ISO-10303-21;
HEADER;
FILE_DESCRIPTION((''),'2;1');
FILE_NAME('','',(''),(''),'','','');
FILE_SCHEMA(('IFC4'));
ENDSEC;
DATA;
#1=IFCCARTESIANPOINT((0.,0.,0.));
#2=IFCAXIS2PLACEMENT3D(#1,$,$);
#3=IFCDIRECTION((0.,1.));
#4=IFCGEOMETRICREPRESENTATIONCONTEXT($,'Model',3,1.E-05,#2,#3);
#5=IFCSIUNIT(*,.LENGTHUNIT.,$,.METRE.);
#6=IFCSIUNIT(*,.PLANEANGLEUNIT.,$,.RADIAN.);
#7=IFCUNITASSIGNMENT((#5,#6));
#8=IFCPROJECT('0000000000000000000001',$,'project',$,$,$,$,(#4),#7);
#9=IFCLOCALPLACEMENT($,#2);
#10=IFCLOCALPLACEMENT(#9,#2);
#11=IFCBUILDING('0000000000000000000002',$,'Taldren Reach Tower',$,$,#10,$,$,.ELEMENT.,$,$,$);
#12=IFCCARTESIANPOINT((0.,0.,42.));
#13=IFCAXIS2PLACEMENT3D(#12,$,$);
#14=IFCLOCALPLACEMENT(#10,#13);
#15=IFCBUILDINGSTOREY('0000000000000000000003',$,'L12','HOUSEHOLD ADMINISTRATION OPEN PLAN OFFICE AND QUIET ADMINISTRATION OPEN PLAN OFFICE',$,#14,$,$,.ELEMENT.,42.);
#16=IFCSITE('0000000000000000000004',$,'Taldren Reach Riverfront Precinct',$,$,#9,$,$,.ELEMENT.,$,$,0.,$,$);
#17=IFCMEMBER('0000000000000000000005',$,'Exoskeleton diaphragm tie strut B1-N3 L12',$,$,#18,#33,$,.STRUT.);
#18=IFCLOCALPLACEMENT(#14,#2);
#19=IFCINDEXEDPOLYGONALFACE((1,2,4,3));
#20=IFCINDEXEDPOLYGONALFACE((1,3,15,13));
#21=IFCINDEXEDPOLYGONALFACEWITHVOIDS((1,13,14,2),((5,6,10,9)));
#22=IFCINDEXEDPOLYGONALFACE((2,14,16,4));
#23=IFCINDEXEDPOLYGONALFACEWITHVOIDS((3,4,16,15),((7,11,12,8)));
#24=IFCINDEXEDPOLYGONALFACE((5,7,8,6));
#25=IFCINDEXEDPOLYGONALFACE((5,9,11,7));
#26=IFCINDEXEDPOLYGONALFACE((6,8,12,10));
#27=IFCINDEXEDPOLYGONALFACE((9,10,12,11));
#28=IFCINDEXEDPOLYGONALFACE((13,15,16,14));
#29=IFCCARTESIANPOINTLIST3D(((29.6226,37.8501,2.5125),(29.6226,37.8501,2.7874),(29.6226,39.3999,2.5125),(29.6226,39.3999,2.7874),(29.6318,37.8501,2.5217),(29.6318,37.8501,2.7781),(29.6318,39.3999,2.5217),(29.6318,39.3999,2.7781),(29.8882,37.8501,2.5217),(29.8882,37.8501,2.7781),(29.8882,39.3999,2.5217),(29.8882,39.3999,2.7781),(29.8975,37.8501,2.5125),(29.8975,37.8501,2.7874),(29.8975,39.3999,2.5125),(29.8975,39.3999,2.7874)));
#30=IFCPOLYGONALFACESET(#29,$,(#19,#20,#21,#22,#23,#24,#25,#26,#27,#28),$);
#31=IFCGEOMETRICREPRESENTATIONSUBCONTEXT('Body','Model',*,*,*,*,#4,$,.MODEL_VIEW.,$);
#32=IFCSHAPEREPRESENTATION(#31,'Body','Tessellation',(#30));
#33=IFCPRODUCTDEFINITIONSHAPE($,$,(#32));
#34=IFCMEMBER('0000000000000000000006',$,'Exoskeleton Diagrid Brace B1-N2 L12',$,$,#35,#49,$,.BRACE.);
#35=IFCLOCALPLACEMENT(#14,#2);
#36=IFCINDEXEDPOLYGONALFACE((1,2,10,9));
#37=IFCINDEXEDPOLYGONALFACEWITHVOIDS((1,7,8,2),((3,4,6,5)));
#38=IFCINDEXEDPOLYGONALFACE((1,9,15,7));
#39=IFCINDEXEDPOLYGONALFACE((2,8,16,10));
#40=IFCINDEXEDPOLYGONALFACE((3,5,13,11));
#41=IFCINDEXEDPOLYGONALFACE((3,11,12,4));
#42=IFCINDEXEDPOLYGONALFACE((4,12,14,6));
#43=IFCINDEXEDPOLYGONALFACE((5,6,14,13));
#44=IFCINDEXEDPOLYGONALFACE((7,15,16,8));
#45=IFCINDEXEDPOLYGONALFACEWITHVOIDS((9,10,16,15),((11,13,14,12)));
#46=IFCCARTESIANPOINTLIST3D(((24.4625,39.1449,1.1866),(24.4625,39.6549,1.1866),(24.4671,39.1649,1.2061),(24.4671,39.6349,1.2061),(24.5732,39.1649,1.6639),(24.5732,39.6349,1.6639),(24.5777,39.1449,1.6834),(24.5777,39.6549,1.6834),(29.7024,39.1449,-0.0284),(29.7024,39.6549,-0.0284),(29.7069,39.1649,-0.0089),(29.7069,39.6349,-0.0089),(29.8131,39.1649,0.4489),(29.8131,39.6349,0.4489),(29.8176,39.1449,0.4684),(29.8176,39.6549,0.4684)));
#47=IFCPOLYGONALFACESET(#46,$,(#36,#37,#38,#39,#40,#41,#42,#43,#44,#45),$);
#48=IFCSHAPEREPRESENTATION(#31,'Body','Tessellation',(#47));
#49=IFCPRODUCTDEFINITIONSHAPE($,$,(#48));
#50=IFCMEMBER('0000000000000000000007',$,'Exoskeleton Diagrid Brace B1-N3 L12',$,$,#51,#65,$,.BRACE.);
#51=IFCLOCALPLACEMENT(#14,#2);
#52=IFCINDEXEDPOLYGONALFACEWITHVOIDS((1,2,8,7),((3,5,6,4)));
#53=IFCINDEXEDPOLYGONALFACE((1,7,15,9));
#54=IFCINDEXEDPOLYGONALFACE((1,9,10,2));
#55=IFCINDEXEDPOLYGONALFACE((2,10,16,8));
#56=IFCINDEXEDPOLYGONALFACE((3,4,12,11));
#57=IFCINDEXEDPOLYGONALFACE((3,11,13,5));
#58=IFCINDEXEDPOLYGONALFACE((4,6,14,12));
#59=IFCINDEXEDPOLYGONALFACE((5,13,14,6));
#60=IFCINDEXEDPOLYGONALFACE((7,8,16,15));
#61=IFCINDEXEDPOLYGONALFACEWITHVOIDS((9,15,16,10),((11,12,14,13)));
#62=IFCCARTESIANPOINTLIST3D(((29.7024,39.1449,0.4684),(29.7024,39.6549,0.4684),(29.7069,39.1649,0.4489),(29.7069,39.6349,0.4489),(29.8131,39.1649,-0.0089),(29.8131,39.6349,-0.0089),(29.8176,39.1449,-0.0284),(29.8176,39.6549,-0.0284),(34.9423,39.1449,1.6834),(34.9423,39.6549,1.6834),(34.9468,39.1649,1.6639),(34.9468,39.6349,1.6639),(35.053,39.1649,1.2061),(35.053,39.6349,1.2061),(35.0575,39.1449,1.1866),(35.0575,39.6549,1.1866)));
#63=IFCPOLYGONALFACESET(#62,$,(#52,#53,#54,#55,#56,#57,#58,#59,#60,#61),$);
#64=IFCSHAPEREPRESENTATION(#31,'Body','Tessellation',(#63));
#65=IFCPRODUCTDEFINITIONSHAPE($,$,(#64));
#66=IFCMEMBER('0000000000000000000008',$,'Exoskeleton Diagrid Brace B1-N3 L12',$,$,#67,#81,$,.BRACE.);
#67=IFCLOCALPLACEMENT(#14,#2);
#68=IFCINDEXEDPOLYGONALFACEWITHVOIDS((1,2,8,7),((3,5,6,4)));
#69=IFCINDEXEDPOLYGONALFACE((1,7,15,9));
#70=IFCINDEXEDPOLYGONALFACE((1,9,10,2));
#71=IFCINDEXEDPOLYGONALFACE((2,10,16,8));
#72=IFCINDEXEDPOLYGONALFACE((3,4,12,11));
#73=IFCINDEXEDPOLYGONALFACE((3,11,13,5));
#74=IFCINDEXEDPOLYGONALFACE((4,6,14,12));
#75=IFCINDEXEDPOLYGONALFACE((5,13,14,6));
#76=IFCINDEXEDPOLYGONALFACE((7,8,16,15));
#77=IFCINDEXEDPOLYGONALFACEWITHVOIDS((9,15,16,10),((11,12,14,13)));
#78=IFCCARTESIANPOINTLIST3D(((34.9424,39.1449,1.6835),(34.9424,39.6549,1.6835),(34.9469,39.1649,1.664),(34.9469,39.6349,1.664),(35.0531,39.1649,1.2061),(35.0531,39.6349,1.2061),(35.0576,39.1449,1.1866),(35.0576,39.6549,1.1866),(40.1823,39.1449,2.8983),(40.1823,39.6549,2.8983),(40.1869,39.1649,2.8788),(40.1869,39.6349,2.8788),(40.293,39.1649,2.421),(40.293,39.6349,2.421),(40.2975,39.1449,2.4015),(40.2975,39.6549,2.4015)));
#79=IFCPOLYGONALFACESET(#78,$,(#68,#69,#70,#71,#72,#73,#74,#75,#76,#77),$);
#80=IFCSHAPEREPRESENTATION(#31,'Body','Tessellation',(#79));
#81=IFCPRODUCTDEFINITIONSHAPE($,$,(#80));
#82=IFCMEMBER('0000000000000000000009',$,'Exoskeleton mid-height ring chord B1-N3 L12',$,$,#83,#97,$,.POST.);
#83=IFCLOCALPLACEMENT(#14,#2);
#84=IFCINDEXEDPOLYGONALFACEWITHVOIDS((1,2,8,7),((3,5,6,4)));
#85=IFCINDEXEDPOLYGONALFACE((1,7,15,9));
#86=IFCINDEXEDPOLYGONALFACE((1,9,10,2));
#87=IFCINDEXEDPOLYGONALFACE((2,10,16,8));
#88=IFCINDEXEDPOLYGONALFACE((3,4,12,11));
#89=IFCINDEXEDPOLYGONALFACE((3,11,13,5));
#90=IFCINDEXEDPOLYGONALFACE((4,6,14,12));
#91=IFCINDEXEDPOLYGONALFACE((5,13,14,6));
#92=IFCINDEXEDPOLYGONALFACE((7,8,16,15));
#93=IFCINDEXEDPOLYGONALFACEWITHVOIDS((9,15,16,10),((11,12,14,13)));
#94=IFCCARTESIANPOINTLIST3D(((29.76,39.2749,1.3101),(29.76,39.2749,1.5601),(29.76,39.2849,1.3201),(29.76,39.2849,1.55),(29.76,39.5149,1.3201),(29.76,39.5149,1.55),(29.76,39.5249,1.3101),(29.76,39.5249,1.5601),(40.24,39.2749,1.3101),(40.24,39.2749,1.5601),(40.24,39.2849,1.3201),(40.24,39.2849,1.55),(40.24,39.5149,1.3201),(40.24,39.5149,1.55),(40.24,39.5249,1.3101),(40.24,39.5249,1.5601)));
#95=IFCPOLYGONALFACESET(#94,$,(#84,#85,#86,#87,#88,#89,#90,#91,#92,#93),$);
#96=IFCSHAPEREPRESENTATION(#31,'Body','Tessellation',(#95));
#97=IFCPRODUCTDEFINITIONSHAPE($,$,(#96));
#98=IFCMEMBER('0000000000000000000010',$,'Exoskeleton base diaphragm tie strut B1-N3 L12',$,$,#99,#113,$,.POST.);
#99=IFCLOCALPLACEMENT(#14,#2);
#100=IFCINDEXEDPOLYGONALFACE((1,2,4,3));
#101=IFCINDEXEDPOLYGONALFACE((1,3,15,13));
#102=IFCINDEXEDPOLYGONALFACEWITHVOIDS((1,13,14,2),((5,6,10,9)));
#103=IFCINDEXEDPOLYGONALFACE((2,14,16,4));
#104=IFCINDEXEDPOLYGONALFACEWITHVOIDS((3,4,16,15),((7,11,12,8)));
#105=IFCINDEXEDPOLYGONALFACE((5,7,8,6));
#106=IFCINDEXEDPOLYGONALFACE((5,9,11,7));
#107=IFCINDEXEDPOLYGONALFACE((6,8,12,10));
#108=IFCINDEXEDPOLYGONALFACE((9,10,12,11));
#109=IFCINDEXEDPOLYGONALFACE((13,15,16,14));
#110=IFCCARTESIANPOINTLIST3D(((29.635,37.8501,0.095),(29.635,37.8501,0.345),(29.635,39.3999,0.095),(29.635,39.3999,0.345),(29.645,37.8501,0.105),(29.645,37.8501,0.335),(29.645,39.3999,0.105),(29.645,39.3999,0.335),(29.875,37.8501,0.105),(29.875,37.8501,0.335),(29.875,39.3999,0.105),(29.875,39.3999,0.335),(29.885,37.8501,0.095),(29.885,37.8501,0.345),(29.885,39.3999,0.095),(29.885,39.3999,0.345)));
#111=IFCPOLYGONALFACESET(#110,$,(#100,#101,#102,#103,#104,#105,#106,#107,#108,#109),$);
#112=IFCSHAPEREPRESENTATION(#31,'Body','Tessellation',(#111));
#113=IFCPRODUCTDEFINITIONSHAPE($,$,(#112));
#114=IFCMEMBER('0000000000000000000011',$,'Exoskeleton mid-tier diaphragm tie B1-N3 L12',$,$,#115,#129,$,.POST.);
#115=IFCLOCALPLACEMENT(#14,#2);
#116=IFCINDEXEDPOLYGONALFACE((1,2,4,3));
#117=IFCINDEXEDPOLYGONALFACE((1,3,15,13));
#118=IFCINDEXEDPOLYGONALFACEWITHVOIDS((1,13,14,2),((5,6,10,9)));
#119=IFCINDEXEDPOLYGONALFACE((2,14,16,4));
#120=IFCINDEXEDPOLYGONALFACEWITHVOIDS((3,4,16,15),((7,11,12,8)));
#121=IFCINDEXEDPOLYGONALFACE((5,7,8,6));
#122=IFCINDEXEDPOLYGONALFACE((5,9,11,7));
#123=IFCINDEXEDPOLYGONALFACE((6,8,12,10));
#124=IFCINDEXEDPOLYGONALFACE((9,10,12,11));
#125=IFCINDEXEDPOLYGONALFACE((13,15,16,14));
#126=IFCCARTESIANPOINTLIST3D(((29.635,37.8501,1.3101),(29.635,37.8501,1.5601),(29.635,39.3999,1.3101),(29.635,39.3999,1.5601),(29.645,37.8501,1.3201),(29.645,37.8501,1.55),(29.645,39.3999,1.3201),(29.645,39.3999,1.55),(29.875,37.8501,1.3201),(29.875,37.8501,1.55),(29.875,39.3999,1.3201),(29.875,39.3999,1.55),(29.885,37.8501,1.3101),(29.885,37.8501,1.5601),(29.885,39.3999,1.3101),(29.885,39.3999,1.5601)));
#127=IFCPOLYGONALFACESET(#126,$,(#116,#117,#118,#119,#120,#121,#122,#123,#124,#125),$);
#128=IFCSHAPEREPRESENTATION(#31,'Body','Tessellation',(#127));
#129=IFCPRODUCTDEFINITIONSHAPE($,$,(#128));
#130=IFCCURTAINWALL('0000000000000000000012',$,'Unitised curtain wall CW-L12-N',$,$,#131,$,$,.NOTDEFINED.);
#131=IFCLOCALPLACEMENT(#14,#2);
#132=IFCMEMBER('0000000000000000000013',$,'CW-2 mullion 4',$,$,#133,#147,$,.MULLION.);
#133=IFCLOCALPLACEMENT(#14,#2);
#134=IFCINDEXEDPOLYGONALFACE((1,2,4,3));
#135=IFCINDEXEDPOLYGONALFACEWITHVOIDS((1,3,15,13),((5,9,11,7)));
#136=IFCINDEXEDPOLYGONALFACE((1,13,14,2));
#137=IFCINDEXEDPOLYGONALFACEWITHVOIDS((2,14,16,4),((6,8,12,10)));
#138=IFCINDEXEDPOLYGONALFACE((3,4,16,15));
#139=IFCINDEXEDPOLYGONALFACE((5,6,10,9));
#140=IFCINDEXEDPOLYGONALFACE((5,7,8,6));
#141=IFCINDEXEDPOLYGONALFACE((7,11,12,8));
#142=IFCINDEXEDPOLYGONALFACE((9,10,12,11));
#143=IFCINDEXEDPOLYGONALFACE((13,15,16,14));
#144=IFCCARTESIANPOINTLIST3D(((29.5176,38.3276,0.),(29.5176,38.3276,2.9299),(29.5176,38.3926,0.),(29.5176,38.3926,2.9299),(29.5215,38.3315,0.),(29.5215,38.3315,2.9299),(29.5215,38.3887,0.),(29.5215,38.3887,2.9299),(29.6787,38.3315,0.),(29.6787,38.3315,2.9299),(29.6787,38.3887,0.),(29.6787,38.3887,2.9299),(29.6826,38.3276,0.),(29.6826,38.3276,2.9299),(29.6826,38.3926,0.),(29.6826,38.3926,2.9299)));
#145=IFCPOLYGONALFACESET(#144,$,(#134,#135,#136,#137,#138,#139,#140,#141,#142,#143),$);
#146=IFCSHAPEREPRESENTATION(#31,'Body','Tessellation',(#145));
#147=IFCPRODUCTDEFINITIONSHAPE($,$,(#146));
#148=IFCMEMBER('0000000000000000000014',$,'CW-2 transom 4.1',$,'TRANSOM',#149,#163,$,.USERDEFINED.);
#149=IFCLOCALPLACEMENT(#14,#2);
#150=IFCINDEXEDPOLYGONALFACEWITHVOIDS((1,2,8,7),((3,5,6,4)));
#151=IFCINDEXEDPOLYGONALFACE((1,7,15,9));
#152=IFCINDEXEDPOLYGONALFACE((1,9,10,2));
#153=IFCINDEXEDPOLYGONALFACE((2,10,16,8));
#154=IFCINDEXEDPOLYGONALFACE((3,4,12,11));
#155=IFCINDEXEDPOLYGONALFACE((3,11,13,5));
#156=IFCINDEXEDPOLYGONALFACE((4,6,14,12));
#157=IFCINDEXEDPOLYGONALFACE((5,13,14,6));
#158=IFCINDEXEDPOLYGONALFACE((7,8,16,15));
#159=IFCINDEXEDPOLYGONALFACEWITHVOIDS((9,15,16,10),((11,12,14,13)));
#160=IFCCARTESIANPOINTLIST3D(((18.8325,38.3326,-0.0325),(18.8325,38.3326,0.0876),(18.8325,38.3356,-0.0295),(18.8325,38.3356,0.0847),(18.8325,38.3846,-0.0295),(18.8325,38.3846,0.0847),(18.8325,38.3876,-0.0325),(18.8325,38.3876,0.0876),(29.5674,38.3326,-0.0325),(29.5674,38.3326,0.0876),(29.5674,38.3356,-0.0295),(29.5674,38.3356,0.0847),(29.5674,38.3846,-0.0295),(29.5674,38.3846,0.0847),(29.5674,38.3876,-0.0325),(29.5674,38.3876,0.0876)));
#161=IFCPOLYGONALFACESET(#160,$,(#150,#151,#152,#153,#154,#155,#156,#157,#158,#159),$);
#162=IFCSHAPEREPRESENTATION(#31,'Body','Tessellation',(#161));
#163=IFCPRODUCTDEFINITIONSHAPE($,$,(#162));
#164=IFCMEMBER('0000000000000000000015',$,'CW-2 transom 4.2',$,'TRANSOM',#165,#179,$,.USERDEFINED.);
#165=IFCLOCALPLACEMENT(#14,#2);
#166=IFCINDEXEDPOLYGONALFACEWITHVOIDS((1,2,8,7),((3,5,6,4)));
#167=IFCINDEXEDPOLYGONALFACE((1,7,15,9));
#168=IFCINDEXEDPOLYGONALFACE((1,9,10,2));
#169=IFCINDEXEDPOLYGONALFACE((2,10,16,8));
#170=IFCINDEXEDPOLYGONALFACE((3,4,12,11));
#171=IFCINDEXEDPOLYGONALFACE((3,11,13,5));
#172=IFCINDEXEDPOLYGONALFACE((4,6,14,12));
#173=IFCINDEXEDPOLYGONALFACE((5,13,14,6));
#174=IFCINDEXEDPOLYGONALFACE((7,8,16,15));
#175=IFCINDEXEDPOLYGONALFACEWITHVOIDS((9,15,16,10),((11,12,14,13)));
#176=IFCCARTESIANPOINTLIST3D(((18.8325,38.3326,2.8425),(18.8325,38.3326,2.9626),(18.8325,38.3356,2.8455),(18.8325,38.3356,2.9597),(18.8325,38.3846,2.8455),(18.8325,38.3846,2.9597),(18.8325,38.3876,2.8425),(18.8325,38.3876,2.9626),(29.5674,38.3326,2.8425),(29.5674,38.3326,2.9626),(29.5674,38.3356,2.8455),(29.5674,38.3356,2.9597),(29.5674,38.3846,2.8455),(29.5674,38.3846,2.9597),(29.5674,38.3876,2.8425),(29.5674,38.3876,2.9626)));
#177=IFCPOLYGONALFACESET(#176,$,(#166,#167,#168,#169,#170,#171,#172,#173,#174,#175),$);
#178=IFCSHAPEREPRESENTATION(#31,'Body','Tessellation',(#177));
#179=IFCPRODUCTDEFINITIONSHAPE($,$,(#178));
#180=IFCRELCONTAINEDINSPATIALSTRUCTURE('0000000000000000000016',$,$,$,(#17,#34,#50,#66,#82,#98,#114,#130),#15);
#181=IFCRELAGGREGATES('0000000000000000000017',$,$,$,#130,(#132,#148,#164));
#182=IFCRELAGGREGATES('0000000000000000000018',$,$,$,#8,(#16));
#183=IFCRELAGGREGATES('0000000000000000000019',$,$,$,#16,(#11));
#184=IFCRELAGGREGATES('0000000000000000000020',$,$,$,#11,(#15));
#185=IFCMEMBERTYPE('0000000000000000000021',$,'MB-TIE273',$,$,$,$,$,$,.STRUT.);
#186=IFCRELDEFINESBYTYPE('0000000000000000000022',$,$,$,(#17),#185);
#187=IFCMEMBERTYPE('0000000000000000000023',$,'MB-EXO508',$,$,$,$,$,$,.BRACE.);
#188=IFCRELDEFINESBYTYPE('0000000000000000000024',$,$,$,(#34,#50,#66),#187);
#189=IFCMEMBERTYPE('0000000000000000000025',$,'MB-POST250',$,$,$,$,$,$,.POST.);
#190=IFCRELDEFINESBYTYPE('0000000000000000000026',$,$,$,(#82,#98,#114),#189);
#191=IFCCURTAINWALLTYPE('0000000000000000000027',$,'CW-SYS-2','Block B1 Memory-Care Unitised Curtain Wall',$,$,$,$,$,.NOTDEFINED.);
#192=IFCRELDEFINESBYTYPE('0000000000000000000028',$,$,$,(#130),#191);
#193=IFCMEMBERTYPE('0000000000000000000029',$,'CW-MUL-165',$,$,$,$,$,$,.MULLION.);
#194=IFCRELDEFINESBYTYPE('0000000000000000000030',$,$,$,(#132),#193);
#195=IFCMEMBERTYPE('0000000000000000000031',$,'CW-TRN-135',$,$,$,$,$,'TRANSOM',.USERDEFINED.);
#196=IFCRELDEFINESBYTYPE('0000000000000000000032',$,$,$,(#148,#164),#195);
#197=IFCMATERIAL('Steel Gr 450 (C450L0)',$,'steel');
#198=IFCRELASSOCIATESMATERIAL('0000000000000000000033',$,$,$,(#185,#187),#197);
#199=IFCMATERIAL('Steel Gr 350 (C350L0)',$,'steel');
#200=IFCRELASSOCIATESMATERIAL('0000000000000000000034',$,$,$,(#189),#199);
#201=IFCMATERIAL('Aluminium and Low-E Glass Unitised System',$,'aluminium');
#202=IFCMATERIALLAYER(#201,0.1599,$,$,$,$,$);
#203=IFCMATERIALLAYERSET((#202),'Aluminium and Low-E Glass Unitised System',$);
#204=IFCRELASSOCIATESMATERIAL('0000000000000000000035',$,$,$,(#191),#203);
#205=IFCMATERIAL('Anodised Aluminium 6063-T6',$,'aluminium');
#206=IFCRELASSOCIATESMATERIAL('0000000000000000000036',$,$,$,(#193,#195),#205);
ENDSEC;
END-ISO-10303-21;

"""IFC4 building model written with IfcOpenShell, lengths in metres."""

from ifc_helpers import new_model, si_unit, direction, frame, origin, origin_2d, place, context, subcontext, project, spatial, hollow_rectangle, extrude, source, transform, mapped, material, layer, layer_set, material_profile, profile_set, type_object, element, aggregate, save


model = new_model("IFC4")

# Units and contexts
model_context = context("Model", 3, precision=1e-05, world=origin(), true_north=direction((0.0, 1.0)))
body_context = subcontext(model_context, "Body", "Model", "MODEL_VIEW")
ifc_project = project(units=[si_unit("LENGTHUNIT", "METRE"), si_unit("PLANEANGLEUNIT", "RADIAN")], contexts=[model_context])

# Site, building, storey
site_placement = place(None, origin())
site = spatial("IfcSite", under=ifc_project, at=site_placement, Name="Taldren Reach Riverfront Precinct", CompositionType="ELEMENT", RefElevation=0.0)
building_placement = place(site_placement, origin())
building = spatial("IfcBuilding", under=site, at=building_placement, Name="Taldren Reach Tower", CompositionType="ELEMENT")
storey_placement = place(building_placement, frame((0.0, 0.0, 42.0)))
storey = spatial("IfcBuildingStorey", under=building, at=storey_placement, Name="L12", Description="HOUSEHOLD ADMINISTRATION OPEN PLAN OFFICE AND QUIET ADMINISTRATION OPEN PLAN OFFICE", CompositionType="ELEMENT", Elevation=42.0)

# Members
ifc_material_1 = material(Name="Steel Gr 450 (C450L0)", Category="steel")
ifc_material_profile_1 = material_profile(ifc_material_1, hollow_rectangle(XDim=0.2749, YDim=0.2749, WallThickness=0.0093, at=origin_2d()), Name="275x275x9.3SHS")
ifc_profile_set_1 = profile_set([ifc_material_profile_1], Name="Steel Gr 450 (C450L0)")
member_type_1 = type_object("IfcMemberType", Name="MB-TIE273", PredefinedType="STRUT", material=ifc_profile_set_1)
shared_shape_1 = source(origin(), body_context, "Body", "SweptSolid", [
    extrude(hollow_rectangle(XDim=0.2749, YDim=0.2749, WallThickness=0.0093, at=origin_2d()), origin(), (0.0, 0.0, 1.0), 1.5498),
])
member_1_placement = place(storey_placement, frame((29.76, 37.8501, 2.6499), z_axis=(0.0, 1.0, 0.0), x_axis=(-1.0, 0.0, 0.0)))
element("IfcMember", 1, at=member_1_placement, inside=storey, type_object=member_type_1, Name="Exoskeleton diaphragm tie strut B1-N3 L12", PredefinedType="STRUT", context=body_context, shape_type="MappedRepresentation", body=[
    mapped(shared_shape_1, transform((0.0, 0.0, 0.0), scale=1.0)),
])
ifc_material_profile_2 = material_profile(ifc_material_1, hollow_rectangle(XDim=0.51, YDim=0.51, WallThickness=0.02, at=origin_2d()), Name="510x510x20.0SHS")
ifc_profile_set_2 = profile_set([ifc_material_profile_2], Name="Steel Gr 450 (C450L0)")
member_type_2 = type_object("IfcMemberType", Name="MB-EXO508", PredefinedType="BRACE", material=ifc_profile_set_2)
shared_shape_2 = source(origin(), body_context, "Body", "SweptSolid", [
    extrude(hollow_rectangle(XDim=0.51, YDim=0.51, WallThickness=0.02, at=origin_2d()), origin(), (0.0, 0.0, 1.0), 5.3789),
])
for number, where, z_axis, x_axis, name in (
    (2, (29.76, 39.3999, 0.22), (-0.974152, 0.0, 0.225894), (0.0, -1.0, 0.0), "Exoskeleton Diagrid Brace B1-N2 L12"),
    (3, (29.76, 39.3999, 0.22), (0.974152, 0.0, 0.225894), (0.0, 1.0, 0.0), "Exoskeleton Diagrid Brace B1-N3 L12"),
    (4, (35.0, 39.3999, 1.4351), (0.974162, 0.0, 0.225851), (0.0, 1.0, 0.0), "Exoskeleton Diagrid Brace B1-N3 L12"),
):
    element("IfcMember", number, at=place(storey_placement, frame(where, z_axis=z_axis, x_axis=x_axis)), inside=storey, type_object=member_type_2, Name=name, PredefinedType="BRACE", context=body_context, shape_type="MappedRepresentation", body=[
        mapped(shared_shape_2, transform((0.0, 0.0, 0.0), scale=1.0)),
    ])
ifc_material_2 = material(Name="Steel Gr 350 (C350L0)", Category="steel")
ifc_material_profile_3 = material_profile(ifc_material_2, hollow_rectangle(XDim=0.25, YDim=0.25, WallThickness=0.01, at=origin_2d()), Name="250x250x10.0SHS")
ifc_profile_set_3 = profile_set([ifc_material_profile_3], Name="Steel Gr 350 (C350L0)")
member_type_3 = type_object("IfcMemberType", Name="MB-POST250", PredefinedType="POST", material=ifc_profile_set_3)
shared_shape_3 = source(origin(), body_context, "Body", "SweptSolid", [
    extrude(hollow_rectangle(XDim=0.25, YDim=0.25, WallThickness=0.01, at=origin_2d()), origin(), (0.0, 0.0, 1.0), 10.48),
])
member_2_placement = place(storey_placement, frame((29.76, 39.3999, 1.4351), z_axis=(1.0, 0.0, 0.0), x_axis=(0.0, 1.0, 0.0)))
element("IfcMember", 5, at=member_2_placement, inside=storey, type_object=member_type_3, Name="Exoskeleton mid-height ring chord B1-N3 L12", PredefinedType="POST", context=body_context, shape_type="MappedRepresentation", body=[
    mapped(shared_shape_3, transform((0.0, 0.0, 0.0), scale=1.0)),
])
shared_shape_4 = source(origin(), body_context, "Body", "SweptSolid", [
    extrude(hollow_rectangle(XDim=0.25, YDim=0.25, WallThickness=0.01, at=origin_2d()), origin(), (0.0, 0.0, 1.0), 1.5498),
])
for number, where, z_axis, x_axis, name in (
    (6, (29.76, 37.8501, 0.22), (0.0, 1.0, 0.0), (-1.0, 0.0, 0.0), "Exoskeleton base diaphragm tie strut B1-N3 L12"),
    (7, (29.76, 37.8501, 1.4351), (0.0, 1.0, 0.0), (-1.0, 0.0, 0.0), "Exoskeleton mid-tier diaphragm tie B1-N3 L12"),
):
    element("IfcMember", number, at=place(storey_placement, frame(where, z_axis=z_axis, x_axis=x_axis)), inside=storey, type_object=member_type_3, Name=name, PredefinedType="POST", context=body_context, shape_type="MappedRepresentation", body=[
        mapped(shared_shape_4, transform((0.0, 0.0, 0.0), scale=1.0)),
    ])

# Curtain wall, members
ifc_material_3 = material(Name="Aluminium and Low-E Glass Unitised System", Category="aluminium")
ifc_layer_1 = layer(ifc_material_3, 0.1599)
ifc_layer_set_1 = layer_set([ifc_layer_1], Name="Aluminium and Low-E Glass Unitised System")
curtain_wall_type = type_object("IfcCurtainWallType", Name="CW-SYS-2", Description="Block B1 Memory-Care Unitised Curtain Wall", PredefinedType="NOTDEFINED", material=ifc_layer_set_1)
curtain_wall_placement = place(storey_placement, origin())
curtain_wall = element("IfcCurtainWall", 8, at=curtain_wall_placement, inside=storey, type_object=curtain_wall_type, Name="Unitised curtain wall CW-L12-N", PredefinedType="NOTDEFINED")
ifc_material_4 = material(Name="Anodised Aluminium 6063-T6", Category="aluminium")
ifc_material_profile_4 = material_profile(ifc_material_4, hollow_rectangle(XDim=0.0649, YDim=0.165, WallThickness=0.0039, at=origin_2d()), Name="ALU-165x65x4RHS")
ifc_profile_set_4 = profile_set([ifc_material_profile_4], Name="Anodised Aluminium 6063-T6")
member_type_4 = type_object("IfcMemberType", Name="CW-MUL-165", PredefinedType="MULLION", material=ifc_profile_set_4)
shared_shape_5 = source(origin(), body_context, "Body", "SweptSolid", [
    extrude(hollow_rectangle(XDim=0.0649, YDim=0.165, WallThickness=0.0039, at=origin_2d()), origin(), (0.0, 0.0, 1.0), 2.9299),
])
member_3_placement = place(storey_placement, frame((29.6001, 38.3601, 0.0), z_axis=(0.0, 0.0, 1.0), x_axis=(0.0, -1.0, 0.0)))
member_3 = element("IfcMember", 9, at=member_3_placement, type_object=member_type_4, Name="CW-2 mullion 4", PredefinedType="MULLION", context=body_context, shape_type="MappedRepresentation", body=[
    mapped(shared_shape_5, transform((0.0, 0.0, 0.0), scale=1.0)),
])
ifc_material_profile_5 = material_profile(ifc_material_4, hollow_rectangle(XDim=0.0549, YDim=0.1201, WallThickness=0.0029, at=origin_2d()), Name="ALU-120x55x3RHS")
ifc_profile_set_5 = profile_set([ifc_material_profile_5], Name="Anodised Aluminium 6063-T6")
member_type_5 = type_object("IfcMemberType", Name="CW-TRN-135", ElementType="TRANSOM", PredefinedType="USERDEFINED", material=ifc_profile_set_5)
shared_shape_6 = source(origin(), body_context, "Body", "SweptSolid", [
    extrude(hollow_rectangle(XDim=0.0549, YDim=0.1201, WallThickness=0.0029, at=origin_2d()), origin(), (0.0, 0.0, 1.0), 10.7349),
])
member_4_placement = place(storey_placement, frame((29.5674, 38.3601, 0.0276), z_axis=(-1.0, 0.0, 0.0), x_axis=(0.0, -1.0, 0.0)))
member_4 = element("IfcMember", 10, at=member_4_placement, type_object=member_type_5, Name="CW-2 transom 4.1", ObjectType="TRANSOM", PredefinedType="USERDEFINED", context=body_context, shape_type="MappedRepresentation", body=[
    mapped(shared_shape_6, transform((0.0, 0.0, 0.0), scale=1.0)),
])
member_5_placement = place(storey_placement, frame((29.5674, 38.3601, 2.9026), z_axis=(-1.0, 0.0, 0.0), x_axis=(0.0, -1.0, 0.0)))
member_5 = element("IfcMember", 11, at=member_5_placement, type_object=member_type_5, Name="CW-2 transom 4.2", ObjectType="TRANSOM", PredefinedType="USERDEFINED", context=body_context, shape_type="MappedRepresentation", body=[
    mapped(shared_shape_6, transform((0.0, 0.0, 0.0), scale=1.0)),
])

aggregate(curtain_wall, [member_3, member_4, member_5])

save(model, "model.ifc")
